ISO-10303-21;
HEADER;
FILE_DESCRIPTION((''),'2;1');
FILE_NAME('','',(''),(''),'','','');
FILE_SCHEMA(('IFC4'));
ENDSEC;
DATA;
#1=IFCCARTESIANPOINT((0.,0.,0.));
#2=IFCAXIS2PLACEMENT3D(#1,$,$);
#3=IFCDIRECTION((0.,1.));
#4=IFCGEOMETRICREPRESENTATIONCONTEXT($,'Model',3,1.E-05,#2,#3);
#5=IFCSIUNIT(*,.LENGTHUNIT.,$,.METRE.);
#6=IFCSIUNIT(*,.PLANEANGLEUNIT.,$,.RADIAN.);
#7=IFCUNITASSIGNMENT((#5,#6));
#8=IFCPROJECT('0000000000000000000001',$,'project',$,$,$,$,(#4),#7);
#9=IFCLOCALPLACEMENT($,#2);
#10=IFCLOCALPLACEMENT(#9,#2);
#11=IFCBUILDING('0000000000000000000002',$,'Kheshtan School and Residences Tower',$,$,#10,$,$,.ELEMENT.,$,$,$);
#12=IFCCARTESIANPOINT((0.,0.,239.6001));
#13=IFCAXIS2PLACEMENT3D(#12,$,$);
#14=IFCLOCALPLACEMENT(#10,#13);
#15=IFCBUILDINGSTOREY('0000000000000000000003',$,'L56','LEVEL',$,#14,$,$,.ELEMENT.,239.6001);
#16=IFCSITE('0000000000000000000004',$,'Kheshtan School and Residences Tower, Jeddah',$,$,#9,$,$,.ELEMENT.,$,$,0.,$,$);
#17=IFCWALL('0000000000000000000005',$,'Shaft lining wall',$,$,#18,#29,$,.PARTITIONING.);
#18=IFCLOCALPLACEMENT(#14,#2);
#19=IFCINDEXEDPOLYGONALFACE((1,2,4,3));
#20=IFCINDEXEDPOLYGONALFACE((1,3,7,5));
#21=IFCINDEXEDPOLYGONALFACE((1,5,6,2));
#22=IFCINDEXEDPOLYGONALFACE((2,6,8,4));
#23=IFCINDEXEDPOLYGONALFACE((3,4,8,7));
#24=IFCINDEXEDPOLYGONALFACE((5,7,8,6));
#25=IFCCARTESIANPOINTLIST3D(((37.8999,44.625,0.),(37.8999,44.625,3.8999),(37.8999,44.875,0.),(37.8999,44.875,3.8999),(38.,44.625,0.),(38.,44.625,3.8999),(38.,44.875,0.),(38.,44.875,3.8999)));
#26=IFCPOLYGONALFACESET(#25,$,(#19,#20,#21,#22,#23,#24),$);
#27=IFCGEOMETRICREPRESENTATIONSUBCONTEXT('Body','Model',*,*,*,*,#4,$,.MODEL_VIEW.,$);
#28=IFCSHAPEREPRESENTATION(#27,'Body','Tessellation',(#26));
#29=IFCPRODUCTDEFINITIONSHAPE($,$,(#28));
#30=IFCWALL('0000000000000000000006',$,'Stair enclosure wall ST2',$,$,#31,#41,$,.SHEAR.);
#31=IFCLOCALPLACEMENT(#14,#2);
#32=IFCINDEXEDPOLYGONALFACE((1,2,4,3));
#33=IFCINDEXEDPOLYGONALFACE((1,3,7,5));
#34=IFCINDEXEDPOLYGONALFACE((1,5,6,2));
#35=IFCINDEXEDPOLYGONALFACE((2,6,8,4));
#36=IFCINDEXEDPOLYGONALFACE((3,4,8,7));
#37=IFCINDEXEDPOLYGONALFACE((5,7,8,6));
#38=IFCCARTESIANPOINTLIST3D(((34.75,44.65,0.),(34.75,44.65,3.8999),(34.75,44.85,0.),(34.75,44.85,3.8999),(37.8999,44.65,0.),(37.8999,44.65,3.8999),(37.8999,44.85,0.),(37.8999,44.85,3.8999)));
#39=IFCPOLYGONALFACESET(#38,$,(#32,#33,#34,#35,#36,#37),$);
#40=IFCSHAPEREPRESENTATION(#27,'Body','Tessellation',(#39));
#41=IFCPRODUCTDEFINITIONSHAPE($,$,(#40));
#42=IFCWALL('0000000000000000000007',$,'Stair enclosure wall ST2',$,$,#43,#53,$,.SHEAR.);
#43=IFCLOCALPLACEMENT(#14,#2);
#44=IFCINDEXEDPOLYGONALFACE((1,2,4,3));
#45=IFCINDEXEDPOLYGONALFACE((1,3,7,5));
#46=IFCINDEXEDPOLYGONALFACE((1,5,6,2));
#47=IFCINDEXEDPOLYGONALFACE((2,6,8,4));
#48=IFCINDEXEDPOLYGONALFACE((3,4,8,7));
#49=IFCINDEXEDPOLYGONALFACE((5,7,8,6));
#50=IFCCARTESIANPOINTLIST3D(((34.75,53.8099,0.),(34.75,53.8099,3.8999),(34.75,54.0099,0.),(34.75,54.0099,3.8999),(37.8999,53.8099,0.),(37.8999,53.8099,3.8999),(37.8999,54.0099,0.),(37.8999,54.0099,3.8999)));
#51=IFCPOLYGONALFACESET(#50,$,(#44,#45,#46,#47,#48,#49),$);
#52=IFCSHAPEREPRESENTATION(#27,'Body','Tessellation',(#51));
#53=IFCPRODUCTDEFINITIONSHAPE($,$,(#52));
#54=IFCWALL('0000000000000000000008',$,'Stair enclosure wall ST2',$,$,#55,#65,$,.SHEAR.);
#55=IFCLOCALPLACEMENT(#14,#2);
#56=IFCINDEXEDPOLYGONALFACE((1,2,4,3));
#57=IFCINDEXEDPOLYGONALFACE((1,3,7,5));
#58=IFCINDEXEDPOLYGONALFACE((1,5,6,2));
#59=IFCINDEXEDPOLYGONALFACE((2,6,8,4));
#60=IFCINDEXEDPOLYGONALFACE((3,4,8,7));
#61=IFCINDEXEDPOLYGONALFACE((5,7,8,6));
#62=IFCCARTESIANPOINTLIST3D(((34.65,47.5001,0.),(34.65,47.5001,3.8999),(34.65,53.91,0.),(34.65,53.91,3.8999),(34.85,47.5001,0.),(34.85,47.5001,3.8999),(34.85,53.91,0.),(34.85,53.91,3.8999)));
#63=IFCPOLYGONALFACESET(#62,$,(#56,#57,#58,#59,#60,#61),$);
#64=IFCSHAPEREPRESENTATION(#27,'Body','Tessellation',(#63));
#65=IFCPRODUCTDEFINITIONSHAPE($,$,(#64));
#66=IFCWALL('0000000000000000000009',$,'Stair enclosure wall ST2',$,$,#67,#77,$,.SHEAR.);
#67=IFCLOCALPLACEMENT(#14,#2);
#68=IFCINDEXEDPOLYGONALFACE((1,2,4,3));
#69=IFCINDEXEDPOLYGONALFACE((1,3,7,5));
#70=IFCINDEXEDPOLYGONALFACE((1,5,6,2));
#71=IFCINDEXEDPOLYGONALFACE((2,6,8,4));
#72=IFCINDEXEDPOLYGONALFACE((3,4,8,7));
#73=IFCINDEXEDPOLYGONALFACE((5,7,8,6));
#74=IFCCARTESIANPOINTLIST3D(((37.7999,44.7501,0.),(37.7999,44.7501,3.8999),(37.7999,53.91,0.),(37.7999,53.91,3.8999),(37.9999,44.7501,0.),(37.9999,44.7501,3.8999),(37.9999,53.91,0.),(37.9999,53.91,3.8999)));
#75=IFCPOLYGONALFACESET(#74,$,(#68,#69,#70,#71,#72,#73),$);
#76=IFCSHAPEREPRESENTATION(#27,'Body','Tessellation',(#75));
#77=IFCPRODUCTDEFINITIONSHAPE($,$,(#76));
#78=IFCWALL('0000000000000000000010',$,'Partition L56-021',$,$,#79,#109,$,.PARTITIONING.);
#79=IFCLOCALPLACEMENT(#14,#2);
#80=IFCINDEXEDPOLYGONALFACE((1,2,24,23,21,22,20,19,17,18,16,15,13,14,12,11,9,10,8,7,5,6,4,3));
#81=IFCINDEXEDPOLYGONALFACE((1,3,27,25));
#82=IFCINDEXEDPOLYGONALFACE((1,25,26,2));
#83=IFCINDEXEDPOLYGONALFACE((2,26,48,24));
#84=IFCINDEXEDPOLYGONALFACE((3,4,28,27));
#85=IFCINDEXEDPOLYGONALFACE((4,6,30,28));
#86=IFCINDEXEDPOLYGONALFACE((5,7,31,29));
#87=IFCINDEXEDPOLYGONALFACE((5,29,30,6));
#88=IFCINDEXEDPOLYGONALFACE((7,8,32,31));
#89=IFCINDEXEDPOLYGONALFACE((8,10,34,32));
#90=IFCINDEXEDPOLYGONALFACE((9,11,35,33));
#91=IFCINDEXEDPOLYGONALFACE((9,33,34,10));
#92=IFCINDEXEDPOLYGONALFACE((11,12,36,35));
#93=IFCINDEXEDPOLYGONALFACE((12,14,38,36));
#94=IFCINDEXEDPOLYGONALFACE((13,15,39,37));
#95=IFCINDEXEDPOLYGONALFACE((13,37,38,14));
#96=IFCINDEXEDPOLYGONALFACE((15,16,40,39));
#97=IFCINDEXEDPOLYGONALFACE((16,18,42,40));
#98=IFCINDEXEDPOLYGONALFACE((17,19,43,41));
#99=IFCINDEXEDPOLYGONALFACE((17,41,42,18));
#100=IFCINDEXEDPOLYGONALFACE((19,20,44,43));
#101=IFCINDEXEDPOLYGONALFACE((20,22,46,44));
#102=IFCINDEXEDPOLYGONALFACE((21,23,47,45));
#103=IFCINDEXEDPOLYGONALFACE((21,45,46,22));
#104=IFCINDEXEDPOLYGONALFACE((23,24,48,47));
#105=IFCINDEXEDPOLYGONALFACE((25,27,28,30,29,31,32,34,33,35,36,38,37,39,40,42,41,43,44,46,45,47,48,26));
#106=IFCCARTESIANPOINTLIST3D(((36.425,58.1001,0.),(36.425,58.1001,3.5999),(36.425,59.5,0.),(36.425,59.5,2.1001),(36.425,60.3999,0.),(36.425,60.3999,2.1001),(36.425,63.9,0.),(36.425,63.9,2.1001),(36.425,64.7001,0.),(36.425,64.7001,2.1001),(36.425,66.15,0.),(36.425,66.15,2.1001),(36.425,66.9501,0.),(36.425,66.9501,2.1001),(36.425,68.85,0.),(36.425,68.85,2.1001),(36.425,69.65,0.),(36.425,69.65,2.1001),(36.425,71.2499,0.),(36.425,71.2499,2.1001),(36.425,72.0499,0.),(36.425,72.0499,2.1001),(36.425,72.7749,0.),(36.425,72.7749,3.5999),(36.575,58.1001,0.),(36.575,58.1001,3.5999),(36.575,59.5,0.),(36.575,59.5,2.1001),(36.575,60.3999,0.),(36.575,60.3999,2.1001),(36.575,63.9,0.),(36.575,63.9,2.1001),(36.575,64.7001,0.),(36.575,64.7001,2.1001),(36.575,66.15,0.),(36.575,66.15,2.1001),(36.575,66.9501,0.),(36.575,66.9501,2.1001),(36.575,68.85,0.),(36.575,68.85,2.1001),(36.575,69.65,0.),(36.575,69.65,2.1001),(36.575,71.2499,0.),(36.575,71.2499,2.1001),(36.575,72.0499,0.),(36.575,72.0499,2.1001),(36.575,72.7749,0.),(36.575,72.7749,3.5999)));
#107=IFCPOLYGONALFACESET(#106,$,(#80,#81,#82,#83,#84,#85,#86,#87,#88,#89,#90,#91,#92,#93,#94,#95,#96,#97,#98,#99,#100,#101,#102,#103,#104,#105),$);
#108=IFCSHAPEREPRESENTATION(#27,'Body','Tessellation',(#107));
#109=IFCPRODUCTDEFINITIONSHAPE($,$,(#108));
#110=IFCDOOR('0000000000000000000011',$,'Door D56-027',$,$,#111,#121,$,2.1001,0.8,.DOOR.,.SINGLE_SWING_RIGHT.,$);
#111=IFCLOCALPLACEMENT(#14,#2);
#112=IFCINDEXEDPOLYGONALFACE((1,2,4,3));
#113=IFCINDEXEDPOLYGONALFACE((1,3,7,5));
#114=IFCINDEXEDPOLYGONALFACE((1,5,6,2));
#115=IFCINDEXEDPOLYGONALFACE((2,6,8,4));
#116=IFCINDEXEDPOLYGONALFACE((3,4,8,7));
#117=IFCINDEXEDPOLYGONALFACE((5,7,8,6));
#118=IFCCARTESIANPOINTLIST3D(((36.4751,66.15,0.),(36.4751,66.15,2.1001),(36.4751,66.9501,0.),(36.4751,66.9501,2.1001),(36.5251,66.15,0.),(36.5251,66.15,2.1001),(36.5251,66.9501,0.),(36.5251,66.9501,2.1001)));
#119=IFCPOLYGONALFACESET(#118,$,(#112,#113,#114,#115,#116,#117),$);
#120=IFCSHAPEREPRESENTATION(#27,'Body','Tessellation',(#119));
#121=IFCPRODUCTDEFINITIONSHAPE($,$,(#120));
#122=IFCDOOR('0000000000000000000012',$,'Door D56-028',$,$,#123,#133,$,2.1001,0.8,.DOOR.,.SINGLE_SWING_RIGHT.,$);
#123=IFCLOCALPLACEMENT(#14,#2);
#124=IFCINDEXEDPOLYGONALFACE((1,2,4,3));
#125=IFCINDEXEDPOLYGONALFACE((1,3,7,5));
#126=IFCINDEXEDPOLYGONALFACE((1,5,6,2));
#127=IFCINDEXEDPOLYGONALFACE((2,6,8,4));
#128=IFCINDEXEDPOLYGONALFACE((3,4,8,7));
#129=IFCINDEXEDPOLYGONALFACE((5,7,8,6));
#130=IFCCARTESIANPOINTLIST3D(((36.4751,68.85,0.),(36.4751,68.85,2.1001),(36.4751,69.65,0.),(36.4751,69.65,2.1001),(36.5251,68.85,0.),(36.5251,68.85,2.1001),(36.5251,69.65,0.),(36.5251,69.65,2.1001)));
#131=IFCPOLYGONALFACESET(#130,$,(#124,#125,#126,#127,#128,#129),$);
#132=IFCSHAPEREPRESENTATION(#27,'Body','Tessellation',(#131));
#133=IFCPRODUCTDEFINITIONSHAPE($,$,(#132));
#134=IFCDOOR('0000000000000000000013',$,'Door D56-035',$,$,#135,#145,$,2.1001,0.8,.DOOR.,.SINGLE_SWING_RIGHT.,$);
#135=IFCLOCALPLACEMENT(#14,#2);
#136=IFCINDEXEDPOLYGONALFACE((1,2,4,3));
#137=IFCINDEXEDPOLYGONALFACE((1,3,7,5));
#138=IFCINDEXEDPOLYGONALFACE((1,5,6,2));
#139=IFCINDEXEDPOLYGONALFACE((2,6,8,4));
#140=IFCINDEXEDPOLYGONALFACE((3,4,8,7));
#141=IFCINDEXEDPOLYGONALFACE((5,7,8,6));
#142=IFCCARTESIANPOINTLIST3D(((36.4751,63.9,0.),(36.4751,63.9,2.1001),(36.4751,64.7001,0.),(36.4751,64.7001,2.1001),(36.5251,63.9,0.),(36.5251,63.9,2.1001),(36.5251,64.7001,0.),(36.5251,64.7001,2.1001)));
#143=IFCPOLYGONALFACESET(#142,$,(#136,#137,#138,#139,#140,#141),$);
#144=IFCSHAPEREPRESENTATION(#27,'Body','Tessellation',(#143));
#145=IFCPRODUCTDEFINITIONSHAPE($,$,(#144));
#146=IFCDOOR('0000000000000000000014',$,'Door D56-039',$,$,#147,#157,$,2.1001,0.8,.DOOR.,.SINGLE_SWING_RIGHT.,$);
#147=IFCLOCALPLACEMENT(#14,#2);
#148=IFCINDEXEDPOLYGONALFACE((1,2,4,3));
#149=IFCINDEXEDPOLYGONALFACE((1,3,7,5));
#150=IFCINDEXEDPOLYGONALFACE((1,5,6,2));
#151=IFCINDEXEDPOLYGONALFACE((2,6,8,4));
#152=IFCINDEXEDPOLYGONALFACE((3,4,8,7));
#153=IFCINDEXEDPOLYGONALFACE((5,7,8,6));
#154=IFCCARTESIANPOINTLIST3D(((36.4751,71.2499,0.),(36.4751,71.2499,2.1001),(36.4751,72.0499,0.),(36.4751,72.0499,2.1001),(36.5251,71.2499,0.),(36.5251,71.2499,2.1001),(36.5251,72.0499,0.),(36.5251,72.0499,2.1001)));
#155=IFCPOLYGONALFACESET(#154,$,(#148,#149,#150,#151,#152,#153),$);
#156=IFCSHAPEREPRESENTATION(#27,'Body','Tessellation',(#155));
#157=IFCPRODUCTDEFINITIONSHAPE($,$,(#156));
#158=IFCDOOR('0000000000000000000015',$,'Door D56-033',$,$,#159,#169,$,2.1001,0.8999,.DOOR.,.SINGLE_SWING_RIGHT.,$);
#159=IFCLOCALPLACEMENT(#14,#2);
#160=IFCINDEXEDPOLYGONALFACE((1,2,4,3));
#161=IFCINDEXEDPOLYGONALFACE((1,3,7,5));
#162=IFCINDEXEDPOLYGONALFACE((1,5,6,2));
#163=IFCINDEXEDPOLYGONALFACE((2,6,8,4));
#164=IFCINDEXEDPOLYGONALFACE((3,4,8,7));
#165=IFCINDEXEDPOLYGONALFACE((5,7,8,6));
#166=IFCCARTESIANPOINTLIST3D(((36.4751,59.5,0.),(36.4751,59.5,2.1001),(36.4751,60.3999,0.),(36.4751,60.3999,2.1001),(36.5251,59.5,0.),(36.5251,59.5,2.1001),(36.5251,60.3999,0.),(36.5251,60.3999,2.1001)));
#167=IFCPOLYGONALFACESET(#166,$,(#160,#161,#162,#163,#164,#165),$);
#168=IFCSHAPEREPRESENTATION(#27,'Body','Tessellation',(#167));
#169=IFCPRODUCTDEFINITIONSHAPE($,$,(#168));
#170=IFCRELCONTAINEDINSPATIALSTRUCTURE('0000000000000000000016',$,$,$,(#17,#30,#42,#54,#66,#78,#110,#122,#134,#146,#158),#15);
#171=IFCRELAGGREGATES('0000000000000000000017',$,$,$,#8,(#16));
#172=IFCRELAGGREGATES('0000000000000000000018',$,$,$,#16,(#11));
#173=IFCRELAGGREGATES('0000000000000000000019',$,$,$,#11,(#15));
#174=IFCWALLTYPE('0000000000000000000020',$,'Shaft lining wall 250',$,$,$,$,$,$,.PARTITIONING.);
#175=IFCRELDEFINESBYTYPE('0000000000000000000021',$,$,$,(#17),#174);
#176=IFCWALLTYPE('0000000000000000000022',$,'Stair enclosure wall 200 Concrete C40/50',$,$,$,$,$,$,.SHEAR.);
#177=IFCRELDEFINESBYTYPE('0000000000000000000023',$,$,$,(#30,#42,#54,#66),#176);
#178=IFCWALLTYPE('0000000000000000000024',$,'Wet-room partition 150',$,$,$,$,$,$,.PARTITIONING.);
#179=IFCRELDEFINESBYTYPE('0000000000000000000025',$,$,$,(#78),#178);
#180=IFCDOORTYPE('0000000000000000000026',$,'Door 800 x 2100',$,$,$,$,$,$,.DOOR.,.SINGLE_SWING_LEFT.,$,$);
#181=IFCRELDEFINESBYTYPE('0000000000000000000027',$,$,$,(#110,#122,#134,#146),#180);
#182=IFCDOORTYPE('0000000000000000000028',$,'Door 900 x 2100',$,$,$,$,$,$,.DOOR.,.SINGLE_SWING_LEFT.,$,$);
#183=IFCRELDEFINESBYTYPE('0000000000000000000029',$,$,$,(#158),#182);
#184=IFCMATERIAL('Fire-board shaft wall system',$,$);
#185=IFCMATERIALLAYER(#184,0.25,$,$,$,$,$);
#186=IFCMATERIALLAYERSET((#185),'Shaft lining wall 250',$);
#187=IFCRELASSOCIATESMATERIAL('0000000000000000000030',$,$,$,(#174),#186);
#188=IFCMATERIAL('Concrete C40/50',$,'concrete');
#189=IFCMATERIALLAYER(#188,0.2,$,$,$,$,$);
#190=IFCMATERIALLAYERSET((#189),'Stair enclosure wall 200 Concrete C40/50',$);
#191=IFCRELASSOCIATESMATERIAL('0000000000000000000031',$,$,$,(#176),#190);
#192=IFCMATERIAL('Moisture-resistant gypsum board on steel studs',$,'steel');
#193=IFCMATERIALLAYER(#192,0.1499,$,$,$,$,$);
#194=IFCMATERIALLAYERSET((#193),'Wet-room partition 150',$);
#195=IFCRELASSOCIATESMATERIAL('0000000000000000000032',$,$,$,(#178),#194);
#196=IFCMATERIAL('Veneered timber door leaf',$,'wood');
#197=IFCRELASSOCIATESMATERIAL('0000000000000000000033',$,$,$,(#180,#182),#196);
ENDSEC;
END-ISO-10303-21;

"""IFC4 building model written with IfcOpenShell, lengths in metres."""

from ifc_helpers import new_model, si_unit, direction, frame, frame_2d, origin, place, context, subcontext, project, spatial, rectangle, extrude, source, transform, mapped, material, layer, layer_set, type_object, element, fill, save


model = new_model("IFC4")

# Units and contexts
model_context = context("Model", 3, precision=1e-05, world=origin(), true_north=direction((0.0, 1.0)))
body_context = subcontext(model_context, "Body", "Model", "MODEL_VIEW")
ifc_project = project(units=[si_unit("LENGTHUNIT", "METRE"), si_unit("PLANEANGLEUNIT", "RADIAN")], contexts=[model_context])

# Site, building, storey
site_placement = place(None, origin())
site = spatial("IfcSite", under=ifc_project, at=site_placement, Name="Kheshtan School and Residences Tower, Jeddah", CompositionType="ELEMENT", RefElevation=0.0)
building_placement = place(site_placement, origin())
building = spatial("IfcBuilding", under=site, at=building_placement, Name="Kheshtan School and Residences Tower", CompositionType="ELEMENT")
storey_placement = place(building_placement, frame((0.0, 0.0, 239.6001)))
storey = spatial("IfcBuildingStorey", under=building, at=storey_placement, Name="L56", Description="LEVEL", CompositionType="ELEMENT", Elevation=239.6001)

# Walls
ifc_material_1 = material(Name="Fire-board shaft wall system")
ifc_layer_1 = layer(ifc_material_1, 0.25)
ifc_layer_set_1 = layer_set([ifc_layer_1], Name="Shaft lining wall 250")
wall_type_1 = type_object("IfcWallType", Name="Shaft lining wall 250", PredefinedType="PARTITIONING", material=ifc_layer_set_1)
wall_1_placement = place(storey_placement, frame((37.8999, 44.75, 0.0), z_axis=(0.0, 0.0, 1.0), x_axis=(1.0, 0.0, 0.0)))
element("IfcWall", 1, at=wall_1_placement, inside=storey, type_object=wall_type_1, Name="Shaft lining wall", PredefinedType="PARTITIONING", context=body_context, shape_type="SweptSolid", body=[
    extrude(rectangle(XDim=0.1001, YDim=0.25, at=frame_2d((0.05, 0.0))), origin(), (0.0, 0.0, 1.0), 3.8999),
])
ifc_material_2 = material(Name="Concrete C40/50", Category="concrete")
ifc_layer_2 = layer(ifc_material_2, 0.2)
ifc_layer_set_2 = layer_set([ifc_layer_2], Name="Stair enclosure wall 200 Concrete C40/50")
wall_type_2 = type_object("IfcWallType", Name="Stair enclosure wall 200 Concrete C40/50", PredefinedType="SHEAR", material=ifc_layer_set_2)
for number, where, z_axis, x_axis, name in (
    (2, (34.75, 44.75, 0.0), (0.0, 0.0, 1.0), (1.0, 0.0, 0.0), "Stair enclosure wall ST2"),
    (3, (34.75, 53.9099, 0.0), (0.0, 0.0, 1.0), (1.0, 0.0, 0.0), "Stair enclosure wall ST2"),
):
    element("IfcWall", number, at=place(storey_placement, frame(where, z_axis=z_axis, x_axis=x_axis)), inside=storey, type_object=wall_type_2, Name=name, PredefinedType="SHEAR", context=body_context, shape_type="SweptSolid", body=[
        extrude(rectangle(XDim=3.1499, YDim=0.2, at=frame_2d((1.575, 0.0))), origin(), (0.0, 0.0, 1.0), 3.8999),
    ])
wall_2_placement = place(storey_placement, frame((34.75, 47.5, 0.0), z_axis=(0.0, 0.0, 1.0), x_axis=(0.0, 1.0, 0.0)))
element("IfcWall", 4, at=wall_2_placement, inside=storey, type_object=wall_type_2, Name="Stair enclosure wall ST2", PredefinedType="SHEAR", context=body_context, shape_type="SweptSolid", body=[
    extrude(rectangle(XDim=6.4099, YDim=0.2, at=frame_2d((3.2051, 0.0))), origin(), (0.0, 0.0, 1.0), 3.8999),
])
wall_3_placement = place(storey_placement, frame((37.8999, 44.75, 0.0), z_axis=(0.0, 0.0, 1.0), x_axis=(0.0, 1.0, 0.0)))
element("IfcWall", 5, at=wall_3_placement, inside=storey, type_object=wall_type_2, Name="Stair enclosure wall ST2", PredefinedType="SHEAR", context=body_context, shape_type="SweptSolid", body=[
    extrude(rectangle(XDim=9.1599, YDim=0.2, at=frame_2d((4.5801, 0.0))), origin(), (0.0, 0.0, 1.0), 3.8999),
])

# Wall, openings, doors
ifc_material_3 = material(Name="Moisture-resistant gypsum board on steel studs", Category="steel")
ifc_layer_3 = layer(ifc_material_3, 0.1499)
ifc_layer_set_3 = layer_set([ifc_layer_3], Name="Wet-room partition 150")
wall_type_3 = type_object("IfcWallType", Name="Wet-room partition 150", PredefinedType="PARTITIONING", material=ifc_layer_set_3)
wall_4_placement = place(storey_placement, frame((36.5, 58.1001, 0.0), z_axis=(0.0, 0.0, 1.0), x_axis=(0.0, 1.0, 0.0)))
wall_4 = element("IfcWall", 6, at=wall_4_placement, inside=storey, type_object=wall_type_3, Name="Partition L56-021", PredefinedType="PARTITIONING", context=body_context, shape_type="SweptSolid", body=[
    extrude(rectangle(XDim=14.6748, YDim=0.1499, at=frame_2d((7.3374, 0.0))), origin(), (0.0, 0.0, 1.0), 3.5999),
])
opening_1_placement = place(wall_4_placement, frame((8.05, 0.0, 0.0)))
opening_1 = element("IfcOpeningElement", 7, at=opening_1_placement, cuts=wall_4, PredefinedType="OPENING", context=body_context, shape_type="SweptSolid", body=[
    extrude(rectangle(XDim=0.8, YDim=2.1001, at=frame_2d((0.3999, 1.05))), frame((0.0, 0.085, 0.0), z_axis=(0.0, -1.0, 0.0), x_axis=(1.0, 0.0, 0.0)), (0.0, 0.0, 1.0), 0.1699),
])
opening_2_placement = place(wall_4_placement, frame((10.75, 0.0, 0.0)))
opening_2 = element("IfcOpeningElement", 8, at=opening_2_placement, cuts=wall_4, PredefinedType="OPENING", context=body_context, shape_type="SweptSolid", body=[
    extrude(rectangle(XDim=0.8, YDim=2.1001, at=frame_2d((0.3999, 1.05))), frame((0.0, 0.085, 0.0), z_axis=(0.0, -1.0, 0.0), x_axis=(1.0, 0.0, 0.0)), (0.0, 0.0, 1.0), 0.1699),
])
opening_3_placement = place(wall_4_placement, frame((1.3999, 0.0, 0.0)))
opening_3 = element("IfcOpeningElement", 9, at=opening_3_placement, cuts=wall_4, PredefinedType="OPENING", context=body_context, shape_type="SweptSolid", body=[
    extrude(rectangle(XDim=0.8999, YDim=2.1001, at=frame_2d((0.45, 1.05))), frame((0.0, 0.085, 0.0), z_axis=(0.0, -1.0, 0.0), x_axis=(1.0, 0.0, 0.0)), (0.0, 0.0, 1.0), 0.1699),
])
opening_4_placement = place(wall_4_placement, frame((5.8, 0.0, 0.0)))
opening_4 = element("IfcOpeningElement", 10, at=opening_4_placement, cuts=wall_4, PredefinedType="OPENING", context=body_context, shape_type="SweptSolid", body=[
    extrude(rectangle(XDim=0.8, YDim=2.1001, at=frame_2d((0.3999, 1.05))), frame((0.0, 0.085, 0.0), z_axis=(0.0, -1.0, 0.0), x_axis=(1.0, 0.0, 0.0)), (0.0, 0.0, 1.0), 0.1699),
])
opening_5_placement = place(wall_4_placement, frame((13.1499, 0.0, 0.0)))
opening_5 = element("IfcOpeningElement", 11, at=opening_5_placement, cuts=wall_4, PredefinedType="OPENING", context=body_context, shape_type="SweptSolid", body=[
    extrude(rectangle(XDim=0.8, YDim=2.1001, at=frame_2d((0.3999, 1.05))), frame((0.0, 0.085, 0.0), z_axis=(0.0, -1.0, 0.0), x_axis=(1.0, 0.0, 0.0)), (0.0, 0.0, 1.0), 0.1699),
])
ifc_material_4 = material(Name="Veneered timber door leaf", Category="wood")
door_type_1 = type_object("IfcDoorType", Name="Door 800 x 2100", OperationType="SINGLE_SWING_LEFT", PredefinedType="DOOR", material=ifc_material_4)
shared_shape_1 = source(origin(), body_context, "Body", "SweptSolid", [
    extrude(rectangle(XDim=0.8, YDim=2.1001, at=frame_2d((0.3999, 1.05))), frame((0.0, 0.0249, 0.0), z_axis=(0.0, -1.0, 0.0), x_axis=(1.0, 0.0, 0.0)), (0.0, 0.0, 1.0), 0.05),
])
door_1_placement = place(opening_1_placement, origin())
door_1 = element("IfcDoor", 12, at=door_1_placement, inside=storey, type_object=door_type_1, Name="Door D56-027", OperationType="SINGLE_SWING_RIGHT", OverallHeight=2.1001, OverallWidth=0.8, PredefinedType="DOOR", context=body_context, shape_type="MappedRepresentation", body=[
    mapped(shared_shape_1, transform((0.0, 0.0, 0.0), x_axis=(1.0, 0.0, 0.0), y_axis=(0.0, 1.0, 0.0), z_axis=(0.0, 0.0, 1.0), scale=1.0)),
])
fill(opening_1, door_1)
door_2_placement = place(opening_2_placement, origin())
door_2 = element("IfcDoor", 13, at=door_2_placement, inside=storey, type_object=door_type_1, Name="Door D56-028", OperationType="SINGLE_SWING_RIGHT", OverallHeight=2.1001, OverallWidth=0.8, PredefinedType="DOOR", context=body_context, shape_type="MappedRepresentation", body=[
    mapped(shared_shape_1, transform((0.0, 0.0, 0.0), x_axis=(1.0, 0.0, 0.0), y_axis=(0.0, 1.0, 0.0), z_axis=(0.0, 0.0, 1.0), scale=1.0)),
])
fill(opening_2, door_2)
door_3_placement = place(opening_4_placement, origin())
door_3 = element("IfcDoor", 14, at=door_3_placement, inside=storey, type_object=door_type_1, Name="Door D56-035", OperationType="SINGLE_SWING_RIGHT", OverallHeight=2.1001, OverallWidth=0.8, PredefinedType="DOOR", context=body_context, shape_type="MappedRepresentation", body=[
    mapped(shared_shape_1, transform((0.0, 0.0, 0.0), x_axis=(1.0, 0.0, 0.0), y_axis=(0.0, 1.0, 0.0), z_axis=(0.0, 0.0, 1.0), scale=1.0)),
])
fill(opening_4, door_3)
door_4_placement = place(opening_5_placement, origin())
door_4 = element("IfcDoor", 15, at=door_4_placement, inside=storey, type_object=door_type_1, Name="Door D56-039", OperationType="SINGLE_SWING_RIGHT", OverallHeight=2.1001, OverallWidth=0.8, PredefinedType="DOOR", context=body_context, shape_type="MappedRepresentation", body=[
    mapped(shared_shape_1, transform((0.0, 0.0, 0.0), x_axis=(1.0, 0.0, 0.0), y_axis=(0.0, 1.0, 0.0), z_axis=(0.0, 0.0, 1.0), scale=1.0)),
])
fill(opening_5, door_4)
door_type_2 = type_object("IfcDoorType", Name="Door 900 x 2100", OperationType="SINGLE_SWING_LEFT", PredefinedType="DOOR", material=ifc_material_4)
shared_shape_2 = source(origin(), body_context, "Body", "SweptSolid", [
    extrude(rectangle(XDim=0.8999, YDim=2.1001, at=frame_2d((0.45, 1.05))), frame((0.0, 0.0249, 0.0), z_axis=(0.0, -1.0, 0.0), x_axis=(1.0, 0.0, 0.0)), (0.0, 0.0, 1.0), 0.05),
])
door_5_placement = place(opening_3_placement, origin())
door_5 = element("IfcDoor", 16, at=door_5_placement, inside=storey, type_object=door_type_2, Name="Door D56-033", OperationType="SINGLE_SWING_RIGHT", OverallHeight=2.1001, OverallWidth=0.8999, PredefinedType="DOOR", context=body_context, shape_type="MappedRepresentation", body=[
    mapped(shared_shape_2, transform((0.0, 0.0, 0.0), x_axis=(1.0, 0.0, 0.0), y_axis=(0.0, 1.0, 0.0), z_axis=(0.0, 0.0, 1.0), scale=1.0)),
])
fill(opening_3, door_5)

save(model, "model.ifc")
